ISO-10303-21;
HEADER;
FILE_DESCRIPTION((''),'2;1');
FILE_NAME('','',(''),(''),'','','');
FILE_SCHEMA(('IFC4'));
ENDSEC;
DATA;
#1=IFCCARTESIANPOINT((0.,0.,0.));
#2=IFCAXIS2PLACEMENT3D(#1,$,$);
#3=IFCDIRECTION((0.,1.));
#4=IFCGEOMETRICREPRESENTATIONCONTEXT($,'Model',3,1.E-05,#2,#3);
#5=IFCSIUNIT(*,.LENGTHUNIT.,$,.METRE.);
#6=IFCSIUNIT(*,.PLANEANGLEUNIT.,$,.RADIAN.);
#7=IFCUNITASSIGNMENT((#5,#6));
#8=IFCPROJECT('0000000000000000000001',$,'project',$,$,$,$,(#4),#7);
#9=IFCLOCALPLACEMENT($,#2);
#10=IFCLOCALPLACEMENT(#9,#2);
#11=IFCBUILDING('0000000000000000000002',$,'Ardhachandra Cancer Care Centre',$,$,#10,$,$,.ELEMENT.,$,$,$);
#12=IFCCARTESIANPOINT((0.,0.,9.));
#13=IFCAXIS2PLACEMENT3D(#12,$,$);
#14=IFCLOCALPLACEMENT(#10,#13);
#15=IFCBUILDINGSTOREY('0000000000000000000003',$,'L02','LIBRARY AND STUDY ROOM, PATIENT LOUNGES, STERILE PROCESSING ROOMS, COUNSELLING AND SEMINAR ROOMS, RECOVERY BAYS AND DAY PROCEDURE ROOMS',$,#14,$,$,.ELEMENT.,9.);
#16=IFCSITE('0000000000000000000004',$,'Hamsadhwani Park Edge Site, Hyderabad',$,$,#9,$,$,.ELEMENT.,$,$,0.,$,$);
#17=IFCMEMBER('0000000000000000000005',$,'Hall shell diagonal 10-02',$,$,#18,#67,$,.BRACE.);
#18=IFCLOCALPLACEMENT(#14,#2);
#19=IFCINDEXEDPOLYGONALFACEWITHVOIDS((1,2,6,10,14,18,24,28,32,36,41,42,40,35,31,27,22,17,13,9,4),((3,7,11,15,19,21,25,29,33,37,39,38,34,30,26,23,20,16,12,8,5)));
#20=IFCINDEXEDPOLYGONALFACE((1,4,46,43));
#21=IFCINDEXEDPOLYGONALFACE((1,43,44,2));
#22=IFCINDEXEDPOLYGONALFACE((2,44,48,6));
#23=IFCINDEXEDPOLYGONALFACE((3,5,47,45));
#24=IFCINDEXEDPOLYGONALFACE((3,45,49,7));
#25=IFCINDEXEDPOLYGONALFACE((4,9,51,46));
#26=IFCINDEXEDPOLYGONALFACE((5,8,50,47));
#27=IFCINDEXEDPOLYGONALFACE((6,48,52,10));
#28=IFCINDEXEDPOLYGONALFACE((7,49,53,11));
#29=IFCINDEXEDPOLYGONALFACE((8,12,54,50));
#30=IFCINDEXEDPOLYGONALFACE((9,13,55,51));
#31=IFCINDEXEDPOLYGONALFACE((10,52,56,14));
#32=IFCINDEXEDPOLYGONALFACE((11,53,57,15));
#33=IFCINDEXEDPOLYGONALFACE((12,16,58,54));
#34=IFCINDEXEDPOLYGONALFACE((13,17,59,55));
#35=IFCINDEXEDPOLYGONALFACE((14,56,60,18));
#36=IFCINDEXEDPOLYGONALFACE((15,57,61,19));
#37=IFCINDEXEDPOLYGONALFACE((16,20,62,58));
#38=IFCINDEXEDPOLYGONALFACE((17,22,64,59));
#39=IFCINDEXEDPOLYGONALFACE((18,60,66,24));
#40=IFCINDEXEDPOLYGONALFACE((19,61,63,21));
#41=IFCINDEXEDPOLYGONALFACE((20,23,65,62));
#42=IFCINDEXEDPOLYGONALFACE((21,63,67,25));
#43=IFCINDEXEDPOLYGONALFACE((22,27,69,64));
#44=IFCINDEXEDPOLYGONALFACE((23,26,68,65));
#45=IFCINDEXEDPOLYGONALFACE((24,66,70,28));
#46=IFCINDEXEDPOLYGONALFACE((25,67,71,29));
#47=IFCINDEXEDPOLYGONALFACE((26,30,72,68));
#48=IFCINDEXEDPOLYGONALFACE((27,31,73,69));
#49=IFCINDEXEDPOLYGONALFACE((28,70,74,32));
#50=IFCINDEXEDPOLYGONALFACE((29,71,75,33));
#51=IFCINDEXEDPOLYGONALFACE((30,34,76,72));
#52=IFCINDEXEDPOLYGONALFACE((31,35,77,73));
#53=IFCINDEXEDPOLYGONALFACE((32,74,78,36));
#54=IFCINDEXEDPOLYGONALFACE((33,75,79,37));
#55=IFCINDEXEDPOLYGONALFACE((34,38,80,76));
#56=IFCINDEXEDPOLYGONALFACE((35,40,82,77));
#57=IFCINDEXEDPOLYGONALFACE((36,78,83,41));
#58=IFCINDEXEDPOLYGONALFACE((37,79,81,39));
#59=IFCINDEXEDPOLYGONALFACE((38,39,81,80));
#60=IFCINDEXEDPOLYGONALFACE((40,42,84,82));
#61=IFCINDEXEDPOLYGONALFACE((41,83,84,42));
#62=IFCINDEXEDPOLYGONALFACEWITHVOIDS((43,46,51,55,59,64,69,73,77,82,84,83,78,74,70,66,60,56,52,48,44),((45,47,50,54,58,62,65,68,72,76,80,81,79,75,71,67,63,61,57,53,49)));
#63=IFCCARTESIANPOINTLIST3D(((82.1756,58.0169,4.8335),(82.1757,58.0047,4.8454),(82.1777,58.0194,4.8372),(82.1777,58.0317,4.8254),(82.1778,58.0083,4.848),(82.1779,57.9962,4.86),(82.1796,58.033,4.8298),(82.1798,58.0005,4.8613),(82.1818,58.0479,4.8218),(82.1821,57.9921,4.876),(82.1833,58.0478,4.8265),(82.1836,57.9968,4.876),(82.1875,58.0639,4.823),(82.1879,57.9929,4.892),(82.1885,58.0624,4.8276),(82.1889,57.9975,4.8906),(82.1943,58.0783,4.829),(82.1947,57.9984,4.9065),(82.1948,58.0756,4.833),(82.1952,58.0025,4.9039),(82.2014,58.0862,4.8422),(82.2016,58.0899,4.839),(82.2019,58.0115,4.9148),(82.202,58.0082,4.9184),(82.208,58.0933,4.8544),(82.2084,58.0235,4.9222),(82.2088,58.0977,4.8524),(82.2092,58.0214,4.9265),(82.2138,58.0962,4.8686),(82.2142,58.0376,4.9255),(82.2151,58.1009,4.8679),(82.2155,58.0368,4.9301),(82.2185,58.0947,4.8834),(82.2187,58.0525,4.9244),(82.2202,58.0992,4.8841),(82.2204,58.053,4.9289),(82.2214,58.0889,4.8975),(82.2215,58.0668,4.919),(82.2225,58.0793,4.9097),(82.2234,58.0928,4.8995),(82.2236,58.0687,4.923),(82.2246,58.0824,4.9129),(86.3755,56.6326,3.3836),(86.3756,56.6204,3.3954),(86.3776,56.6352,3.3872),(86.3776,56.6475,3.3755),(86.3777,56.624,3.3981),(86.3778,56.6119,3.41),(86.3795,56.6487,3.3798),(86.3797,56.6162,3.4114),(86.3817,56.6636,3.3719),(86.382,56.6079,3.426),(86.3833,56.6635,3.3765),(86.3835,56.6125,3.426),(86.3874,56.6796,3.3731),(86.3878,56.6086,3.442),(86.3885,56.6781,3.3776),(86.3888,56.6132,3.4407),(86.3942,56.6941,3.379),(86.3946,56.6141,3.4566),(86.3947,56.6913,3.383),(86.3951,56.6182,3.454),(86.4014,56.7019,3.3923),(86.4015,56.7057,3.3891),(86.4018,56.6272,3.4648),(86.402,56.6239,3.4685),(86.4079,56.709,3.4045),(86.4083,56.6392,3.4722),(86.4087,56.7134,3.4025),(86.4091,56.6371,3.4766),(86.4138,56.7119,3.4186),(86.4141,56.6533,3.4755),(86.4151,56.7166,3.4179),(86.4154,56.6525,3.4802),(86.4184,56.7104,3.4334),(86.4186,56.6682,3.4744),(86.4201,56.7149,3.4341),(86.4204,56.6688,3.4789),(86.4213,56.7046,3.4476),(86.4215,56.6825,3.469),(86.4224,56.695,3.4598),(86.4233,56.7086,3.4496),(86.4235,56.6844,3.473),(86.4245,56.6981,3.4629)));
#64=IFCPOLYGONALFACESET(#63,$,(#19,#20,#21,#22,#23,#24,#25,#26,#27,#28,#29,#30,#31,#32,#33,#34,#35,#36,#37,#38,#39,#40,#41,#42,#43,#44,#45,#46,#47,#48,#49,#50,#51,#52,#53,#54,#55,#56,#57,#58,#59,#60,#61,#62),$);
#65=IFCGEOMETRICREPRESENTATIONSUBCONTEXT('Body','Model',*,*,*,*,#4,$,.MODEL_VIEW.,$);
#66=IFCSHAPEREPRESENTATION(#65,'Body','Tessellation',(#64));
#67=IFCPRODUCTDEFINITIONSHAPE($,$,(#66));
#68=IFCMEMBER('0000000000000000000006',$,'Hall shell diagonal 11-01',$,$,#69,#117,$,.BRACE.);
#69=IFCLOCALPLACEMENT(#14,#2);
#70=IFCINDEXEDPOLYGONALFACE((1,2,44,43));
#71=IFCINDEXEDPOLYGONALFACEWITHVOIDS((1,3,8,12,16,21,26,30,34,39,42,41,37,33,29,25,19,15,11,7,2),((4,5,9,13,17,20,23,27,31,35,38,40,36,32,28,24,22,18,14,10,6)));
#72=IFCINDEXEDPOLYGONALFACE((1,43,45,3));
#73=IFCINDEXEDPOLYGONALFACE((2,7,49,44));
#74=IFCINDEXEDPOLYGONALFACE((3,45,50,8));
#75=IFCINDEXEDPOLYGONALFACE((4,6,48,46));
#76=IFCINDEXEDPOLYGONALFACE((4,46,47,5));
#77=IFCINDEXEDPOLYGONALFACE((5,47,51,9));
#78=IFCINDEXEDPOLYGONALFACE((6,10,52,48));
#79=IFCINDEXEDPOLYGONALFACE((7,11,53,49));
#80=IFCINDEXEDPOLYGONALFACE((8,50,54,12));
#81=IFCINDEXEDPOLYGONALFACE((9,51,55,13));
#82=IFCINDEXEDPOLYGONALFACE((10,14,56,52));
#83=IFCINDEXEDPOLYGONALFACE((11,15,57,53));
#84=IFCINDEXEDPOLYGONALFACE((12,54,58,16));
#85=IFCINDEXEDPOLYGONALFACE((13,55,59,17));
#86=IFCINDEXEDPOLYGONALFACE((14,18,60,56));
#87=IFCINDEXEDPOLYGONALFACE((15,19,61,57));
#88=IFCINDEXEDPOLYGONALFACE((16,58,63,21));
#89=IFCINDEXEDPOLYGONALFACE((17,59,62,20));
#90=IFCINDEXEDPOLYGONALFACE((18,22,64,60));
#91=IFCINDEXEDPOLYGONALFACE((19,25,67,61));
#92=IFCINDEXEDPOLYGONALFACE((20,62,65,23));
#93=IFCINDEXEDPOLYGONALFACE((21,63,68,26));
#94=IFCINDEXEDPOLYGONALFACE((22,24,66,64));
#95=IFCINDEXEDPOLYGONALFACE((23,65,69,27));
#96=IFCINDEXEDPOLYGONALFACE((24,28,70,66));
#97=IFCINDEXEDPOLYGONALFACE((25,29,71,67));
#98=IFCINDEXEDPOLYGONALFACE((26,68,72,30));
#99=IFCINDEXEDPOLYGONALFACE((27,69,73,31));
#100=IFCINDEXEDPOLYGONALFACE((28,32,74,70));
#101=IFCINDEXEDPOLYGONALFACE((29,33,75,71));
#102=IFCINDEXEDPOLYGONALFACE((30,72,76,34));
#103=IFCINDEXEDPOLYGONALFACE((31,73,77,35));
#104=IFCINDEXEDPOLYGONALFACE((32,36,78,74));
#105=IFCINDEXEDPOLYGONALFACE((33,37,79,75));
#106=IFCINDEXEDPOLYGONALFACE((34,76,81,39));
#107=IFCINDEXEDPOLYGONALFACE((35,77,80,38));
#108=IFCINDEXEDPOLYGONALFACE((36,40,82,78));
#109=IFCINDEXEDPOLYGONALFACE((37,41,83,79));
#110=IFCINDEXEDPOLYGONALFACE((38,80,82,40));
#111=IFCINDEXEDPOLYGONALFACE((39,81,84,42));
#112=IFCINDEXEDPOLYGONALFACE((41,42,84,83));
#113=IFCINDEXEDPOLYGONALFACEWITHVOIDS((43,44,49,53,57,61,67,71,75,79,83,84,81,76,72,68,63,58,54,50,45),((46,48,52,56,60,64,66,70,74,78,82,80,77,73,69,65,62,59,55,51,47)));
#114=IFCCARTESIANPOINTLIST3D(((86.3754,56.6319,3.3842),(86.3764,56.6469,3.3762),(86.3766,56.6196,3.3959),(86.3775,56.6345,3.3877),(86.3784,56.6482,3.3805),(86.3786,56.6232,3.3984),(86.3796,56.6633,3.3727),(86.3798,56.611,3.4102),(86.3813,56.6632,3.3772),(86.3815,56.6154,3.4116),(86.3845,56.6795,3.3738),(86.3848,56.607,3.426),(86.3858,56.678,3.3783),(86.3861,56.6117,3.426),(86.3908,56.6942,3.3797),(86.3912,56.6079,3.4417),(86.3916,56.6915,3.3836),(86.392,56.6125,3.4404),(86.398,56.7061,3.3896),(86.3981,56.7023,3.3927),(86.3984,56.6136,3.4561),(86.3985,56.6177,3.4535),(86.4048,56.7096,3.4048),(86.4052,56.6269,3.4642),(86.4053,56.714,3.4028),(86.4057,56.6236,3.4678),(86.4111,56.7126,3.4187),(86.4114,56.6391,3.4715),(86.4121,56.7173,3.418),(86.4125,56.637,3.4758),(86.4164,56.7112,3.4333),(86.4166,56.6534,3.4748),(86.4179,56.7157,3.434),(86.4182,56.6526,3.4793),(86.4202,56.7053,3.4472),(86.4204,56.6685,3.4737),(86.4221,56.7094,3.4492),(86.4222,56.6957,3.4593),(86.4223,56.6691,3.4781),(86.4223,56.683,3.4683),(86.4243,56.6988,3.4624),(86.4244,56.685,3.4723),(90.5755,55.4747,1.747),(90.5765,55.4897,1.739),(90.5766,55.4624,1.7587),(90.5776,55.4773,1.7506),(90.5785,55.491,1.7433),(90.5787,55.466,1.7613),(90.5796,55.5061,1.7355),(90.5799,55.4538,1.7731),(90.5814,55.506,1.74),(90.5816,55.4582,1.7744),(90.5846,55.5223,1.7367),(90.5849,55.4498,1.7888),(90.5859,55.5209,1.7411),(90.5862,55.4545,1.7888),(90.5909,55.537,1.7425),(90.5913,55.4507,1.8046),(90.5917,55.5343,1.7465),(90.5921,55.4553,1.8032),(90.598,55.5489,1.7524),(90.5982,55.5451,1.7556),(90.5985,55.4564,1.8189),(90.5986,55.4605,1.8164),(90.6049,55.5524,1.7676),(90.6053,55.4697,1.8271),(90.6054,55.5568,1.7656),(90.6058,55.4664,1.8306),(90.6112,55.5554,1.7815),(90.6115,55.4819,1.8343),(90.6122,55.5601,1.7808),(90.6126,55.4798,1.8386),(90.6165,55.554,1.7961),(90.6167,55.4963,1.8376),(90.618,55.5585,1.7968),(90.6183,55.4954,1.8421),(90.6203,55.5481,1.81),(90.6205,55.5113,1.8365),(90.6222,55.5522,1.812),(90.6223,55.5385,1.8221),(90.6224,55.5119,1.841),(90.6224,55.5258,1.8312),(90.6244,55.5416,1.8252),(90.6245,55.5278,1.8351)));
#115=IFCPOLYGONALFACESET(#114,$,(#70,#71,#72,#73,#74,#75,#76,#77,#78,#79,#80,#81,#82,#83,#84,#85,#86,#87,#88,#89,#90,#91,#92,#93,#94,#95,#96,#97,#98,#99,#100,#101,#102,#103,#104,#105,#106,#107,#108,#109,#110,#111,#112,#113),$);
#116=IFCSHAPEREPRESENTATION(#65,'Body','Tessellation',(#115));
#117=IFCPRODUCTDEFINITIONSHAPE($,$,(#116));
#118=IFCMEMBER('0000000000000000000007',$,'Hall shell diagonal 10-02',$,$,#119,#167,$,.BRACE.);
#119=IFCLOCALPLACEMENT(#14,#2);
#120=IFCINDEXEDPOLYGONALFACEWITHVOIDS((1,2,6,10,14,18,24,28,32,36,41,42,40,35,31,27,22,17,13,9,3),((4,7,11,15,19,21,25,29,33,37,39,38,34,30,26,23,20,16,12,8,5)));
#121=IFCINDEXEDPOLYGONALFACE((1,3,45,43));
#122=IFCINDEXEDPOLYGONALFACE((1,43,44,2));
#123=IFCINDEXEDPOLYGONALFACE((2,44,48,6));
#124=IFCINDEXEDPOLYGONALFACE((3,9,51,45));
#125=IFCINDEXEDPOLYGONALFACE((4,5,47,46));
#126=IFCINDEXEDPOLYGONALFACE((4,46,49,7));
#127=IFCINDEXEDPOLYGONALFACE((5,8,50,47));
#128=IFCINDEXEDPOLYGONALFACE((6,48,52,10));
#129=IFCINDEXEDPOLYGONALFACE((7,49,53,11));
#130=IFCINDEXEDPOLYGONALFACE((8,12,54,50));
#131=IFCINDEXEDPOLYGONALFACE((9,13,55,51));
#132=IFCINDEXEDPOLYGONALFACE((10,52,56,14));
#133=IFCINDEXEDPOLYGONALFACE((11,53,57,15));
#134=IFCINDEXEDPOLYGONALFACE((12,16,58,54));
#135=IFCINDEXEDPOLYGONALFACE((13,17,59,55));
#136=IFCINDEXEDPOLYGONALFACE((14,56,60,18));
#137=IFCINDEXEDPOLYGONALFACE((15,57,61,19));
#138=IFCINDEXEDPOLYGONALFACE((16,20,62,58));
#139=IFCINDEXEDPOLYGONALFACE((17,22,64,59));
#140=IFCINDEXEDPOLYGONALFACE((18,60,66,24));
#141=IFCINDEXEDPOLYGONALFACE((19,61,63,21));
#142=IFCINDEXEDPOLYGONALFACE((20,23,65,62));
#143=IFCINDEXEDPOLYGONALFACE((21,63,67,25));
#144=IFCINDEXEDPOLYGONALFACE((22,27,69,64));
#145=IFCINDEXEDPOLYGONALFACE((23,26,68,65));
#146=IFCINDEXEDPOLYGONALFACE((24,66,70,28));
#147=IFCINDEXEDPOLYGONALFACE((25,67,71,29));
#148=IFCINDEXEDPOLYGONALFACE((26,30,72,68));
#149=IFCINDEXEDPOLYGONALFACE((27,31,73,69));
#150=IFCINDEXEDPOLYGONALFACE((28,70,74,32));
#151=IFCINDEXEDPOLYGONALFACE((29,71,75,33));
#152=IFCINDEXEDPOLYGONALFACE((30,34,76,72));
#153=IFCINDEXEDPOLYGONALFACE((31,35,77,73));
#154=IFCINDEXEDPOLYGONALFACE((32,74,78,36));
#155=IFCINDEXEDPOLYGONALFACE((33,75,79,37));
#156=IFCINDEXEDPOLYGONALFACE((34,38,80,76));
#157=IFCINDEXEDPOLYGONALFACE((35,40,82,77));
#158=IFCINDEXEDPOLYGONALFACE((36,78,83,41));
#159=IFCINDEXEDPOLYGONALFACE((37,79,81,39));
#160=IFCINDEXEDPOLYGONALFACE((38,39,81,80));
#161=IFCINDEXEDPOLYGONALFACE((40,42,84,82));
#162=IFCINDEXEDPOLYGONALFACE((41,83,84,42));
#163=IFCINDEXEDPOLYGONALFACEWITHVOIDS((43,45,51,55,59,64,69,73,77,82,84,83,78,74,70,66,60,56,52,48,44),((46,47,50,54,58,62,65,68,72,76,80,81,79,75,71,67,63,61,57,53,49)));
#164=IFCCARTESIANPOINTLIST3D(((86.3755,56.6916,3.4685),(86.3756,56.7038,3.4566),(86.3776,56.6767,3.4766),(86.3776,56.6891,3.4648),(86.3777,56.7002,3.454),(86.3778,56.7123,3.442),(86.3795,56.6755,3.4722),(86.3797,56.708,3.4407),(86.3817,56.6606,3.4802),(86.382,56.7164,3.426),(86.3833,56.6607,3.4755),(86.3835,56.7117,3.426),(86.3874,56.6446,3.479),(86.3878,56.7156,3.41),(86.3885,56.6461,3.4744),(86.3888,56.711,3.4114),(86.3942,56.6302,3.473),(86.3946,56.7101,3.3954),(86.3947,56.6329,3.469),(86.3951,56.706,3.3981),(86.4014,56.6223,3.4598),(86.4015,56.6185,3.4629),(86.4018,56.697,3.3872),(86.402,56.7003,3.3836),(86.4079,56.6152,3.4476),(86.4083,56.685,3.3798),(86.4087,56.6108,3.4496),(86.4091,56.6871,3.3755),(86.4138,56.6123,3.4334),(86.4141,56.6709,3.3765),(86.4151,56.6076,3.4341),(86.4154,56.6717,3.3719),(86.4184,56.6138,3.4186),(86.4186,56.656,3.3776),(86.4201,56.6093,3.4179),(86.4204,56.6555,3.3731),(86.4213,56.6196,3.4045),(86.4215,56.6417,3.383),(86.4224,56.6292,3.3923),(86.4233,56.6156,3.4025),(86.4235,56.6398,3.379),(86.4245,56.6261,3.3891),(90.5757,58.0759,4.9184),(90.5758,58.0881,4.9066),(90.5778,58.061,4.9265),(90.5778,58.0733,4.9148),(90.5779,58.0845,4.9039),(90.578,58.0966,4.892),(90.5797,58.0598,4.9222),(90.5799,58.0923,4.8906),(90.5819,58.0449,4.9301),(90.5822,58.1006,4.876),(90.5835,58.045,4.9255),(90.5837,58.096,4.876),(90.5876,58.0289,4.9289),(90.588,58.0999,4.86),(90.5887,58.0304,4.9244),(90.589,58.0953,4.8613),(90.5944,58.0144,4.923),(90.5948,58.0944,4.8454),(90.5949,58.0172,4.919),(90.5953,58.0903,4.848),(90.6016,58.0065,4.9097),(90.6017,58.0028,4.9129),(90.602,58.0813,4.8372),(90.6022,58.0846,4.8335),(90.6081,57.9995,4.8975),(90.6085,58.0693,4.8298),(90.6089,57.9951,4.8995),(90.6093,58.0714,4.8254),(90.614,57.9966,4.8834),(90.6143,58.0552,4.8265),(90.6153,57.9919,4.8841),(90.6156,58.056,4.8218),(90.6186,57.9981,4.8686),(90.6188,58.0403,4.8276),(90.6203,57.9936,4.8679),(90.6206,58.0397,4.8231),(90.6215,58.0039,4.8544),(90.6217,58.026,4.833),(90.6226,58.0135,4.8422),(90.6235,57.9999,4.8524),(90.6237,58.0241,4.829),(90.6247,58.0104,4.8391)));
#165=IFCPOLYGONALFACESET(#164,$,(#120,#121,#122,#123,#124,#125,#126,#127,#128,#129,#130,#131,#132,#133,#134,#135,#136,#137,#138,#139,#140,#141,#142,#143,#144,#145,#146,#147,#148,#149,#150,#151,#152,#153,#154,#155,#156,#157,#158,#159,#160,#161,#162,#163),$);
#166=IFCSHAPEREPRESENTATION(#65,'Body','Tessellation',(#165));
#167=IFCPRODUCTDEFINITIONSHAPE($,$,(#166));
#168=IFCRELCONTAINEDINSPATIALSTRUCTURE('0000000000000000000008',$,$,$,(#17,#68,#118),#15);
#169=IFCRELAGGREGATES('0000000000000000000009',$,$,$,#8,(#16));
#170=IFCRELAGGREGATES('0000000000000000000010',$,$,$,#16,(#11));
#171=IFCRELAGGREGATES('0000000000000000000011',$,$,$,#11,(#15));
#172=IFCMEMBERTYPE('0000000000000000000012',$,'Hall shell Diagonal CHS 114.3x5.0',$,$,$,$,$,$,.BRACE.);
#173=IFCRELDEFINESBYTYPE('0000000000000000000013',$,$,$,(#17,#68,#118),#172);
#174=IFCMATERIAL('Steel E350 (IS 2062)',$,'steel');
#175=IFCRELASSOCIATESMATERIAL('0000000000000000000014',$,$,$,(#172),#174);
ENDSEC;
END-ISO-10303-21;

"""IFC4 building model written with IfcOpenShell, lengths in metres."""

from ifc_helpers import new_model, si_unit, direction, frame, origin, origin_2d, place, context, subcontext, project, spatial, hollow_circle, extrude, material, material_profile, profile_set, type_object, element, save


model = new_model("IFC4")

# Units and contexts
model_context = context("Model", 3, precision=1e-05, world=origin(), true_north=direction((0.0, 1.0)))
body_context = subcontext(model_context, "Body", "Model", "MODEL_VIEW")
ifc_project = project(units=[si_unit("LENGTHUNIT", "METRE"), si_unit("PLANEANGLEUNIT", "RADIAN")], contexts=[model_context])

# Site, building, storey
site_placement = place(None, origin())
site = spatial("IfcSite", under=ifc_project, at=site_placement, Name="Hamsadhwani Park Edge Site, Hyderabad", CompositionType="ELEMENT", RefElevation=0.0)
building_placement = place(site_placement, origin())
building = spatial("IfcBuilding", under=site, at=building_placement, Name="Ardhachandra Cancer Care Centre", CompositionType="ELEMENT")
storey_placement = place(building_placement, frame((0.0, 0.0, 9.0)))
storey = spatial("IfcBuildingStorey", under=building, at=storey_placement, Name="L02", Description="LIBRARY AND STUDY ROOM, PATIENT LOUNGES, STERILE PROCESSING ROOMS, COUNSELLING AND SEMINAR ROOMS, RECOVERY BAYS AND DAY PROCEDURE ROOMS", CompositionType="ELEMENT", Elevation=9.0)

# Members
ifc_material_1 = material(Name="Steel E350 (IS 2062)", Category="steel")
ifc_material_profile_1 = material_profile(ifc_material_1, hollow_circle(Radius=0.0571, WallThickness=0.0049, at=origin_2d()), Name="CHS 114.3x5.0")
ifc_profile_set_1 = profile_set([ifc_material_profile_1], Name="Steel E350 (IS 2062)")
member_type_1 = type_object("IfcMemberType", Name="Hall shell Diagonal CHS 114.3x5.0", PredefinedType="BRACE", material=ifc_profile_set_1)
member_1_placement = place(storey_placement, frame((86.3999, 56.6621, 3.426), z_axis=(-0.902471, 0.297449, 0.311561), x_axis=(-0.313029, -0.949743, 0.0)))
element("IfcMember", 1, at=member_1_placement, inside=storey, type_object=member_type_1, Name="Hall shell diagonal 10-02", PredefinedType="BRACE", context=body_context, shape_type="SweptSolid", body=[
    extrude(hollow_circle(Radius=0.0571, WallThickness=0.0049, at=origin_2d()), origin(), (0.0, 0.0, 1.0), 4.6538),
])
for number, where, z_axis, x_axis, name in (
    (2, (90.6001, 55.5049, 1.7888), (-0.902459, 0.248643, 0.351772), (-0.26562, -0.964078, 0.0), "Hall shell diagonal 11-01"),
    (3, (86.3999, 56.6621, 3.426), (0.902481, 0.297435, 0.311546), (-0.313013, 0.949749, 0.0), "Hall shell diagonal 10-02"),
):
    element("IfcMember", number, at=place(storey_placement, frame(where, z_axis=z_axis, x_axis=x_axis)), inside=storey, type_object=member_type_1, Name=name, PredefinedType="BRACE", context=body_context, shape_type="SweptSolid", body=[
        extrude(hollow_circle(Radius=0.0571, WallThickness=0.0049, at=origin_2d()), origin(), (0.0, 0.0, 1.0), 4.6541),
    ])

save(model, "model.ifc")
